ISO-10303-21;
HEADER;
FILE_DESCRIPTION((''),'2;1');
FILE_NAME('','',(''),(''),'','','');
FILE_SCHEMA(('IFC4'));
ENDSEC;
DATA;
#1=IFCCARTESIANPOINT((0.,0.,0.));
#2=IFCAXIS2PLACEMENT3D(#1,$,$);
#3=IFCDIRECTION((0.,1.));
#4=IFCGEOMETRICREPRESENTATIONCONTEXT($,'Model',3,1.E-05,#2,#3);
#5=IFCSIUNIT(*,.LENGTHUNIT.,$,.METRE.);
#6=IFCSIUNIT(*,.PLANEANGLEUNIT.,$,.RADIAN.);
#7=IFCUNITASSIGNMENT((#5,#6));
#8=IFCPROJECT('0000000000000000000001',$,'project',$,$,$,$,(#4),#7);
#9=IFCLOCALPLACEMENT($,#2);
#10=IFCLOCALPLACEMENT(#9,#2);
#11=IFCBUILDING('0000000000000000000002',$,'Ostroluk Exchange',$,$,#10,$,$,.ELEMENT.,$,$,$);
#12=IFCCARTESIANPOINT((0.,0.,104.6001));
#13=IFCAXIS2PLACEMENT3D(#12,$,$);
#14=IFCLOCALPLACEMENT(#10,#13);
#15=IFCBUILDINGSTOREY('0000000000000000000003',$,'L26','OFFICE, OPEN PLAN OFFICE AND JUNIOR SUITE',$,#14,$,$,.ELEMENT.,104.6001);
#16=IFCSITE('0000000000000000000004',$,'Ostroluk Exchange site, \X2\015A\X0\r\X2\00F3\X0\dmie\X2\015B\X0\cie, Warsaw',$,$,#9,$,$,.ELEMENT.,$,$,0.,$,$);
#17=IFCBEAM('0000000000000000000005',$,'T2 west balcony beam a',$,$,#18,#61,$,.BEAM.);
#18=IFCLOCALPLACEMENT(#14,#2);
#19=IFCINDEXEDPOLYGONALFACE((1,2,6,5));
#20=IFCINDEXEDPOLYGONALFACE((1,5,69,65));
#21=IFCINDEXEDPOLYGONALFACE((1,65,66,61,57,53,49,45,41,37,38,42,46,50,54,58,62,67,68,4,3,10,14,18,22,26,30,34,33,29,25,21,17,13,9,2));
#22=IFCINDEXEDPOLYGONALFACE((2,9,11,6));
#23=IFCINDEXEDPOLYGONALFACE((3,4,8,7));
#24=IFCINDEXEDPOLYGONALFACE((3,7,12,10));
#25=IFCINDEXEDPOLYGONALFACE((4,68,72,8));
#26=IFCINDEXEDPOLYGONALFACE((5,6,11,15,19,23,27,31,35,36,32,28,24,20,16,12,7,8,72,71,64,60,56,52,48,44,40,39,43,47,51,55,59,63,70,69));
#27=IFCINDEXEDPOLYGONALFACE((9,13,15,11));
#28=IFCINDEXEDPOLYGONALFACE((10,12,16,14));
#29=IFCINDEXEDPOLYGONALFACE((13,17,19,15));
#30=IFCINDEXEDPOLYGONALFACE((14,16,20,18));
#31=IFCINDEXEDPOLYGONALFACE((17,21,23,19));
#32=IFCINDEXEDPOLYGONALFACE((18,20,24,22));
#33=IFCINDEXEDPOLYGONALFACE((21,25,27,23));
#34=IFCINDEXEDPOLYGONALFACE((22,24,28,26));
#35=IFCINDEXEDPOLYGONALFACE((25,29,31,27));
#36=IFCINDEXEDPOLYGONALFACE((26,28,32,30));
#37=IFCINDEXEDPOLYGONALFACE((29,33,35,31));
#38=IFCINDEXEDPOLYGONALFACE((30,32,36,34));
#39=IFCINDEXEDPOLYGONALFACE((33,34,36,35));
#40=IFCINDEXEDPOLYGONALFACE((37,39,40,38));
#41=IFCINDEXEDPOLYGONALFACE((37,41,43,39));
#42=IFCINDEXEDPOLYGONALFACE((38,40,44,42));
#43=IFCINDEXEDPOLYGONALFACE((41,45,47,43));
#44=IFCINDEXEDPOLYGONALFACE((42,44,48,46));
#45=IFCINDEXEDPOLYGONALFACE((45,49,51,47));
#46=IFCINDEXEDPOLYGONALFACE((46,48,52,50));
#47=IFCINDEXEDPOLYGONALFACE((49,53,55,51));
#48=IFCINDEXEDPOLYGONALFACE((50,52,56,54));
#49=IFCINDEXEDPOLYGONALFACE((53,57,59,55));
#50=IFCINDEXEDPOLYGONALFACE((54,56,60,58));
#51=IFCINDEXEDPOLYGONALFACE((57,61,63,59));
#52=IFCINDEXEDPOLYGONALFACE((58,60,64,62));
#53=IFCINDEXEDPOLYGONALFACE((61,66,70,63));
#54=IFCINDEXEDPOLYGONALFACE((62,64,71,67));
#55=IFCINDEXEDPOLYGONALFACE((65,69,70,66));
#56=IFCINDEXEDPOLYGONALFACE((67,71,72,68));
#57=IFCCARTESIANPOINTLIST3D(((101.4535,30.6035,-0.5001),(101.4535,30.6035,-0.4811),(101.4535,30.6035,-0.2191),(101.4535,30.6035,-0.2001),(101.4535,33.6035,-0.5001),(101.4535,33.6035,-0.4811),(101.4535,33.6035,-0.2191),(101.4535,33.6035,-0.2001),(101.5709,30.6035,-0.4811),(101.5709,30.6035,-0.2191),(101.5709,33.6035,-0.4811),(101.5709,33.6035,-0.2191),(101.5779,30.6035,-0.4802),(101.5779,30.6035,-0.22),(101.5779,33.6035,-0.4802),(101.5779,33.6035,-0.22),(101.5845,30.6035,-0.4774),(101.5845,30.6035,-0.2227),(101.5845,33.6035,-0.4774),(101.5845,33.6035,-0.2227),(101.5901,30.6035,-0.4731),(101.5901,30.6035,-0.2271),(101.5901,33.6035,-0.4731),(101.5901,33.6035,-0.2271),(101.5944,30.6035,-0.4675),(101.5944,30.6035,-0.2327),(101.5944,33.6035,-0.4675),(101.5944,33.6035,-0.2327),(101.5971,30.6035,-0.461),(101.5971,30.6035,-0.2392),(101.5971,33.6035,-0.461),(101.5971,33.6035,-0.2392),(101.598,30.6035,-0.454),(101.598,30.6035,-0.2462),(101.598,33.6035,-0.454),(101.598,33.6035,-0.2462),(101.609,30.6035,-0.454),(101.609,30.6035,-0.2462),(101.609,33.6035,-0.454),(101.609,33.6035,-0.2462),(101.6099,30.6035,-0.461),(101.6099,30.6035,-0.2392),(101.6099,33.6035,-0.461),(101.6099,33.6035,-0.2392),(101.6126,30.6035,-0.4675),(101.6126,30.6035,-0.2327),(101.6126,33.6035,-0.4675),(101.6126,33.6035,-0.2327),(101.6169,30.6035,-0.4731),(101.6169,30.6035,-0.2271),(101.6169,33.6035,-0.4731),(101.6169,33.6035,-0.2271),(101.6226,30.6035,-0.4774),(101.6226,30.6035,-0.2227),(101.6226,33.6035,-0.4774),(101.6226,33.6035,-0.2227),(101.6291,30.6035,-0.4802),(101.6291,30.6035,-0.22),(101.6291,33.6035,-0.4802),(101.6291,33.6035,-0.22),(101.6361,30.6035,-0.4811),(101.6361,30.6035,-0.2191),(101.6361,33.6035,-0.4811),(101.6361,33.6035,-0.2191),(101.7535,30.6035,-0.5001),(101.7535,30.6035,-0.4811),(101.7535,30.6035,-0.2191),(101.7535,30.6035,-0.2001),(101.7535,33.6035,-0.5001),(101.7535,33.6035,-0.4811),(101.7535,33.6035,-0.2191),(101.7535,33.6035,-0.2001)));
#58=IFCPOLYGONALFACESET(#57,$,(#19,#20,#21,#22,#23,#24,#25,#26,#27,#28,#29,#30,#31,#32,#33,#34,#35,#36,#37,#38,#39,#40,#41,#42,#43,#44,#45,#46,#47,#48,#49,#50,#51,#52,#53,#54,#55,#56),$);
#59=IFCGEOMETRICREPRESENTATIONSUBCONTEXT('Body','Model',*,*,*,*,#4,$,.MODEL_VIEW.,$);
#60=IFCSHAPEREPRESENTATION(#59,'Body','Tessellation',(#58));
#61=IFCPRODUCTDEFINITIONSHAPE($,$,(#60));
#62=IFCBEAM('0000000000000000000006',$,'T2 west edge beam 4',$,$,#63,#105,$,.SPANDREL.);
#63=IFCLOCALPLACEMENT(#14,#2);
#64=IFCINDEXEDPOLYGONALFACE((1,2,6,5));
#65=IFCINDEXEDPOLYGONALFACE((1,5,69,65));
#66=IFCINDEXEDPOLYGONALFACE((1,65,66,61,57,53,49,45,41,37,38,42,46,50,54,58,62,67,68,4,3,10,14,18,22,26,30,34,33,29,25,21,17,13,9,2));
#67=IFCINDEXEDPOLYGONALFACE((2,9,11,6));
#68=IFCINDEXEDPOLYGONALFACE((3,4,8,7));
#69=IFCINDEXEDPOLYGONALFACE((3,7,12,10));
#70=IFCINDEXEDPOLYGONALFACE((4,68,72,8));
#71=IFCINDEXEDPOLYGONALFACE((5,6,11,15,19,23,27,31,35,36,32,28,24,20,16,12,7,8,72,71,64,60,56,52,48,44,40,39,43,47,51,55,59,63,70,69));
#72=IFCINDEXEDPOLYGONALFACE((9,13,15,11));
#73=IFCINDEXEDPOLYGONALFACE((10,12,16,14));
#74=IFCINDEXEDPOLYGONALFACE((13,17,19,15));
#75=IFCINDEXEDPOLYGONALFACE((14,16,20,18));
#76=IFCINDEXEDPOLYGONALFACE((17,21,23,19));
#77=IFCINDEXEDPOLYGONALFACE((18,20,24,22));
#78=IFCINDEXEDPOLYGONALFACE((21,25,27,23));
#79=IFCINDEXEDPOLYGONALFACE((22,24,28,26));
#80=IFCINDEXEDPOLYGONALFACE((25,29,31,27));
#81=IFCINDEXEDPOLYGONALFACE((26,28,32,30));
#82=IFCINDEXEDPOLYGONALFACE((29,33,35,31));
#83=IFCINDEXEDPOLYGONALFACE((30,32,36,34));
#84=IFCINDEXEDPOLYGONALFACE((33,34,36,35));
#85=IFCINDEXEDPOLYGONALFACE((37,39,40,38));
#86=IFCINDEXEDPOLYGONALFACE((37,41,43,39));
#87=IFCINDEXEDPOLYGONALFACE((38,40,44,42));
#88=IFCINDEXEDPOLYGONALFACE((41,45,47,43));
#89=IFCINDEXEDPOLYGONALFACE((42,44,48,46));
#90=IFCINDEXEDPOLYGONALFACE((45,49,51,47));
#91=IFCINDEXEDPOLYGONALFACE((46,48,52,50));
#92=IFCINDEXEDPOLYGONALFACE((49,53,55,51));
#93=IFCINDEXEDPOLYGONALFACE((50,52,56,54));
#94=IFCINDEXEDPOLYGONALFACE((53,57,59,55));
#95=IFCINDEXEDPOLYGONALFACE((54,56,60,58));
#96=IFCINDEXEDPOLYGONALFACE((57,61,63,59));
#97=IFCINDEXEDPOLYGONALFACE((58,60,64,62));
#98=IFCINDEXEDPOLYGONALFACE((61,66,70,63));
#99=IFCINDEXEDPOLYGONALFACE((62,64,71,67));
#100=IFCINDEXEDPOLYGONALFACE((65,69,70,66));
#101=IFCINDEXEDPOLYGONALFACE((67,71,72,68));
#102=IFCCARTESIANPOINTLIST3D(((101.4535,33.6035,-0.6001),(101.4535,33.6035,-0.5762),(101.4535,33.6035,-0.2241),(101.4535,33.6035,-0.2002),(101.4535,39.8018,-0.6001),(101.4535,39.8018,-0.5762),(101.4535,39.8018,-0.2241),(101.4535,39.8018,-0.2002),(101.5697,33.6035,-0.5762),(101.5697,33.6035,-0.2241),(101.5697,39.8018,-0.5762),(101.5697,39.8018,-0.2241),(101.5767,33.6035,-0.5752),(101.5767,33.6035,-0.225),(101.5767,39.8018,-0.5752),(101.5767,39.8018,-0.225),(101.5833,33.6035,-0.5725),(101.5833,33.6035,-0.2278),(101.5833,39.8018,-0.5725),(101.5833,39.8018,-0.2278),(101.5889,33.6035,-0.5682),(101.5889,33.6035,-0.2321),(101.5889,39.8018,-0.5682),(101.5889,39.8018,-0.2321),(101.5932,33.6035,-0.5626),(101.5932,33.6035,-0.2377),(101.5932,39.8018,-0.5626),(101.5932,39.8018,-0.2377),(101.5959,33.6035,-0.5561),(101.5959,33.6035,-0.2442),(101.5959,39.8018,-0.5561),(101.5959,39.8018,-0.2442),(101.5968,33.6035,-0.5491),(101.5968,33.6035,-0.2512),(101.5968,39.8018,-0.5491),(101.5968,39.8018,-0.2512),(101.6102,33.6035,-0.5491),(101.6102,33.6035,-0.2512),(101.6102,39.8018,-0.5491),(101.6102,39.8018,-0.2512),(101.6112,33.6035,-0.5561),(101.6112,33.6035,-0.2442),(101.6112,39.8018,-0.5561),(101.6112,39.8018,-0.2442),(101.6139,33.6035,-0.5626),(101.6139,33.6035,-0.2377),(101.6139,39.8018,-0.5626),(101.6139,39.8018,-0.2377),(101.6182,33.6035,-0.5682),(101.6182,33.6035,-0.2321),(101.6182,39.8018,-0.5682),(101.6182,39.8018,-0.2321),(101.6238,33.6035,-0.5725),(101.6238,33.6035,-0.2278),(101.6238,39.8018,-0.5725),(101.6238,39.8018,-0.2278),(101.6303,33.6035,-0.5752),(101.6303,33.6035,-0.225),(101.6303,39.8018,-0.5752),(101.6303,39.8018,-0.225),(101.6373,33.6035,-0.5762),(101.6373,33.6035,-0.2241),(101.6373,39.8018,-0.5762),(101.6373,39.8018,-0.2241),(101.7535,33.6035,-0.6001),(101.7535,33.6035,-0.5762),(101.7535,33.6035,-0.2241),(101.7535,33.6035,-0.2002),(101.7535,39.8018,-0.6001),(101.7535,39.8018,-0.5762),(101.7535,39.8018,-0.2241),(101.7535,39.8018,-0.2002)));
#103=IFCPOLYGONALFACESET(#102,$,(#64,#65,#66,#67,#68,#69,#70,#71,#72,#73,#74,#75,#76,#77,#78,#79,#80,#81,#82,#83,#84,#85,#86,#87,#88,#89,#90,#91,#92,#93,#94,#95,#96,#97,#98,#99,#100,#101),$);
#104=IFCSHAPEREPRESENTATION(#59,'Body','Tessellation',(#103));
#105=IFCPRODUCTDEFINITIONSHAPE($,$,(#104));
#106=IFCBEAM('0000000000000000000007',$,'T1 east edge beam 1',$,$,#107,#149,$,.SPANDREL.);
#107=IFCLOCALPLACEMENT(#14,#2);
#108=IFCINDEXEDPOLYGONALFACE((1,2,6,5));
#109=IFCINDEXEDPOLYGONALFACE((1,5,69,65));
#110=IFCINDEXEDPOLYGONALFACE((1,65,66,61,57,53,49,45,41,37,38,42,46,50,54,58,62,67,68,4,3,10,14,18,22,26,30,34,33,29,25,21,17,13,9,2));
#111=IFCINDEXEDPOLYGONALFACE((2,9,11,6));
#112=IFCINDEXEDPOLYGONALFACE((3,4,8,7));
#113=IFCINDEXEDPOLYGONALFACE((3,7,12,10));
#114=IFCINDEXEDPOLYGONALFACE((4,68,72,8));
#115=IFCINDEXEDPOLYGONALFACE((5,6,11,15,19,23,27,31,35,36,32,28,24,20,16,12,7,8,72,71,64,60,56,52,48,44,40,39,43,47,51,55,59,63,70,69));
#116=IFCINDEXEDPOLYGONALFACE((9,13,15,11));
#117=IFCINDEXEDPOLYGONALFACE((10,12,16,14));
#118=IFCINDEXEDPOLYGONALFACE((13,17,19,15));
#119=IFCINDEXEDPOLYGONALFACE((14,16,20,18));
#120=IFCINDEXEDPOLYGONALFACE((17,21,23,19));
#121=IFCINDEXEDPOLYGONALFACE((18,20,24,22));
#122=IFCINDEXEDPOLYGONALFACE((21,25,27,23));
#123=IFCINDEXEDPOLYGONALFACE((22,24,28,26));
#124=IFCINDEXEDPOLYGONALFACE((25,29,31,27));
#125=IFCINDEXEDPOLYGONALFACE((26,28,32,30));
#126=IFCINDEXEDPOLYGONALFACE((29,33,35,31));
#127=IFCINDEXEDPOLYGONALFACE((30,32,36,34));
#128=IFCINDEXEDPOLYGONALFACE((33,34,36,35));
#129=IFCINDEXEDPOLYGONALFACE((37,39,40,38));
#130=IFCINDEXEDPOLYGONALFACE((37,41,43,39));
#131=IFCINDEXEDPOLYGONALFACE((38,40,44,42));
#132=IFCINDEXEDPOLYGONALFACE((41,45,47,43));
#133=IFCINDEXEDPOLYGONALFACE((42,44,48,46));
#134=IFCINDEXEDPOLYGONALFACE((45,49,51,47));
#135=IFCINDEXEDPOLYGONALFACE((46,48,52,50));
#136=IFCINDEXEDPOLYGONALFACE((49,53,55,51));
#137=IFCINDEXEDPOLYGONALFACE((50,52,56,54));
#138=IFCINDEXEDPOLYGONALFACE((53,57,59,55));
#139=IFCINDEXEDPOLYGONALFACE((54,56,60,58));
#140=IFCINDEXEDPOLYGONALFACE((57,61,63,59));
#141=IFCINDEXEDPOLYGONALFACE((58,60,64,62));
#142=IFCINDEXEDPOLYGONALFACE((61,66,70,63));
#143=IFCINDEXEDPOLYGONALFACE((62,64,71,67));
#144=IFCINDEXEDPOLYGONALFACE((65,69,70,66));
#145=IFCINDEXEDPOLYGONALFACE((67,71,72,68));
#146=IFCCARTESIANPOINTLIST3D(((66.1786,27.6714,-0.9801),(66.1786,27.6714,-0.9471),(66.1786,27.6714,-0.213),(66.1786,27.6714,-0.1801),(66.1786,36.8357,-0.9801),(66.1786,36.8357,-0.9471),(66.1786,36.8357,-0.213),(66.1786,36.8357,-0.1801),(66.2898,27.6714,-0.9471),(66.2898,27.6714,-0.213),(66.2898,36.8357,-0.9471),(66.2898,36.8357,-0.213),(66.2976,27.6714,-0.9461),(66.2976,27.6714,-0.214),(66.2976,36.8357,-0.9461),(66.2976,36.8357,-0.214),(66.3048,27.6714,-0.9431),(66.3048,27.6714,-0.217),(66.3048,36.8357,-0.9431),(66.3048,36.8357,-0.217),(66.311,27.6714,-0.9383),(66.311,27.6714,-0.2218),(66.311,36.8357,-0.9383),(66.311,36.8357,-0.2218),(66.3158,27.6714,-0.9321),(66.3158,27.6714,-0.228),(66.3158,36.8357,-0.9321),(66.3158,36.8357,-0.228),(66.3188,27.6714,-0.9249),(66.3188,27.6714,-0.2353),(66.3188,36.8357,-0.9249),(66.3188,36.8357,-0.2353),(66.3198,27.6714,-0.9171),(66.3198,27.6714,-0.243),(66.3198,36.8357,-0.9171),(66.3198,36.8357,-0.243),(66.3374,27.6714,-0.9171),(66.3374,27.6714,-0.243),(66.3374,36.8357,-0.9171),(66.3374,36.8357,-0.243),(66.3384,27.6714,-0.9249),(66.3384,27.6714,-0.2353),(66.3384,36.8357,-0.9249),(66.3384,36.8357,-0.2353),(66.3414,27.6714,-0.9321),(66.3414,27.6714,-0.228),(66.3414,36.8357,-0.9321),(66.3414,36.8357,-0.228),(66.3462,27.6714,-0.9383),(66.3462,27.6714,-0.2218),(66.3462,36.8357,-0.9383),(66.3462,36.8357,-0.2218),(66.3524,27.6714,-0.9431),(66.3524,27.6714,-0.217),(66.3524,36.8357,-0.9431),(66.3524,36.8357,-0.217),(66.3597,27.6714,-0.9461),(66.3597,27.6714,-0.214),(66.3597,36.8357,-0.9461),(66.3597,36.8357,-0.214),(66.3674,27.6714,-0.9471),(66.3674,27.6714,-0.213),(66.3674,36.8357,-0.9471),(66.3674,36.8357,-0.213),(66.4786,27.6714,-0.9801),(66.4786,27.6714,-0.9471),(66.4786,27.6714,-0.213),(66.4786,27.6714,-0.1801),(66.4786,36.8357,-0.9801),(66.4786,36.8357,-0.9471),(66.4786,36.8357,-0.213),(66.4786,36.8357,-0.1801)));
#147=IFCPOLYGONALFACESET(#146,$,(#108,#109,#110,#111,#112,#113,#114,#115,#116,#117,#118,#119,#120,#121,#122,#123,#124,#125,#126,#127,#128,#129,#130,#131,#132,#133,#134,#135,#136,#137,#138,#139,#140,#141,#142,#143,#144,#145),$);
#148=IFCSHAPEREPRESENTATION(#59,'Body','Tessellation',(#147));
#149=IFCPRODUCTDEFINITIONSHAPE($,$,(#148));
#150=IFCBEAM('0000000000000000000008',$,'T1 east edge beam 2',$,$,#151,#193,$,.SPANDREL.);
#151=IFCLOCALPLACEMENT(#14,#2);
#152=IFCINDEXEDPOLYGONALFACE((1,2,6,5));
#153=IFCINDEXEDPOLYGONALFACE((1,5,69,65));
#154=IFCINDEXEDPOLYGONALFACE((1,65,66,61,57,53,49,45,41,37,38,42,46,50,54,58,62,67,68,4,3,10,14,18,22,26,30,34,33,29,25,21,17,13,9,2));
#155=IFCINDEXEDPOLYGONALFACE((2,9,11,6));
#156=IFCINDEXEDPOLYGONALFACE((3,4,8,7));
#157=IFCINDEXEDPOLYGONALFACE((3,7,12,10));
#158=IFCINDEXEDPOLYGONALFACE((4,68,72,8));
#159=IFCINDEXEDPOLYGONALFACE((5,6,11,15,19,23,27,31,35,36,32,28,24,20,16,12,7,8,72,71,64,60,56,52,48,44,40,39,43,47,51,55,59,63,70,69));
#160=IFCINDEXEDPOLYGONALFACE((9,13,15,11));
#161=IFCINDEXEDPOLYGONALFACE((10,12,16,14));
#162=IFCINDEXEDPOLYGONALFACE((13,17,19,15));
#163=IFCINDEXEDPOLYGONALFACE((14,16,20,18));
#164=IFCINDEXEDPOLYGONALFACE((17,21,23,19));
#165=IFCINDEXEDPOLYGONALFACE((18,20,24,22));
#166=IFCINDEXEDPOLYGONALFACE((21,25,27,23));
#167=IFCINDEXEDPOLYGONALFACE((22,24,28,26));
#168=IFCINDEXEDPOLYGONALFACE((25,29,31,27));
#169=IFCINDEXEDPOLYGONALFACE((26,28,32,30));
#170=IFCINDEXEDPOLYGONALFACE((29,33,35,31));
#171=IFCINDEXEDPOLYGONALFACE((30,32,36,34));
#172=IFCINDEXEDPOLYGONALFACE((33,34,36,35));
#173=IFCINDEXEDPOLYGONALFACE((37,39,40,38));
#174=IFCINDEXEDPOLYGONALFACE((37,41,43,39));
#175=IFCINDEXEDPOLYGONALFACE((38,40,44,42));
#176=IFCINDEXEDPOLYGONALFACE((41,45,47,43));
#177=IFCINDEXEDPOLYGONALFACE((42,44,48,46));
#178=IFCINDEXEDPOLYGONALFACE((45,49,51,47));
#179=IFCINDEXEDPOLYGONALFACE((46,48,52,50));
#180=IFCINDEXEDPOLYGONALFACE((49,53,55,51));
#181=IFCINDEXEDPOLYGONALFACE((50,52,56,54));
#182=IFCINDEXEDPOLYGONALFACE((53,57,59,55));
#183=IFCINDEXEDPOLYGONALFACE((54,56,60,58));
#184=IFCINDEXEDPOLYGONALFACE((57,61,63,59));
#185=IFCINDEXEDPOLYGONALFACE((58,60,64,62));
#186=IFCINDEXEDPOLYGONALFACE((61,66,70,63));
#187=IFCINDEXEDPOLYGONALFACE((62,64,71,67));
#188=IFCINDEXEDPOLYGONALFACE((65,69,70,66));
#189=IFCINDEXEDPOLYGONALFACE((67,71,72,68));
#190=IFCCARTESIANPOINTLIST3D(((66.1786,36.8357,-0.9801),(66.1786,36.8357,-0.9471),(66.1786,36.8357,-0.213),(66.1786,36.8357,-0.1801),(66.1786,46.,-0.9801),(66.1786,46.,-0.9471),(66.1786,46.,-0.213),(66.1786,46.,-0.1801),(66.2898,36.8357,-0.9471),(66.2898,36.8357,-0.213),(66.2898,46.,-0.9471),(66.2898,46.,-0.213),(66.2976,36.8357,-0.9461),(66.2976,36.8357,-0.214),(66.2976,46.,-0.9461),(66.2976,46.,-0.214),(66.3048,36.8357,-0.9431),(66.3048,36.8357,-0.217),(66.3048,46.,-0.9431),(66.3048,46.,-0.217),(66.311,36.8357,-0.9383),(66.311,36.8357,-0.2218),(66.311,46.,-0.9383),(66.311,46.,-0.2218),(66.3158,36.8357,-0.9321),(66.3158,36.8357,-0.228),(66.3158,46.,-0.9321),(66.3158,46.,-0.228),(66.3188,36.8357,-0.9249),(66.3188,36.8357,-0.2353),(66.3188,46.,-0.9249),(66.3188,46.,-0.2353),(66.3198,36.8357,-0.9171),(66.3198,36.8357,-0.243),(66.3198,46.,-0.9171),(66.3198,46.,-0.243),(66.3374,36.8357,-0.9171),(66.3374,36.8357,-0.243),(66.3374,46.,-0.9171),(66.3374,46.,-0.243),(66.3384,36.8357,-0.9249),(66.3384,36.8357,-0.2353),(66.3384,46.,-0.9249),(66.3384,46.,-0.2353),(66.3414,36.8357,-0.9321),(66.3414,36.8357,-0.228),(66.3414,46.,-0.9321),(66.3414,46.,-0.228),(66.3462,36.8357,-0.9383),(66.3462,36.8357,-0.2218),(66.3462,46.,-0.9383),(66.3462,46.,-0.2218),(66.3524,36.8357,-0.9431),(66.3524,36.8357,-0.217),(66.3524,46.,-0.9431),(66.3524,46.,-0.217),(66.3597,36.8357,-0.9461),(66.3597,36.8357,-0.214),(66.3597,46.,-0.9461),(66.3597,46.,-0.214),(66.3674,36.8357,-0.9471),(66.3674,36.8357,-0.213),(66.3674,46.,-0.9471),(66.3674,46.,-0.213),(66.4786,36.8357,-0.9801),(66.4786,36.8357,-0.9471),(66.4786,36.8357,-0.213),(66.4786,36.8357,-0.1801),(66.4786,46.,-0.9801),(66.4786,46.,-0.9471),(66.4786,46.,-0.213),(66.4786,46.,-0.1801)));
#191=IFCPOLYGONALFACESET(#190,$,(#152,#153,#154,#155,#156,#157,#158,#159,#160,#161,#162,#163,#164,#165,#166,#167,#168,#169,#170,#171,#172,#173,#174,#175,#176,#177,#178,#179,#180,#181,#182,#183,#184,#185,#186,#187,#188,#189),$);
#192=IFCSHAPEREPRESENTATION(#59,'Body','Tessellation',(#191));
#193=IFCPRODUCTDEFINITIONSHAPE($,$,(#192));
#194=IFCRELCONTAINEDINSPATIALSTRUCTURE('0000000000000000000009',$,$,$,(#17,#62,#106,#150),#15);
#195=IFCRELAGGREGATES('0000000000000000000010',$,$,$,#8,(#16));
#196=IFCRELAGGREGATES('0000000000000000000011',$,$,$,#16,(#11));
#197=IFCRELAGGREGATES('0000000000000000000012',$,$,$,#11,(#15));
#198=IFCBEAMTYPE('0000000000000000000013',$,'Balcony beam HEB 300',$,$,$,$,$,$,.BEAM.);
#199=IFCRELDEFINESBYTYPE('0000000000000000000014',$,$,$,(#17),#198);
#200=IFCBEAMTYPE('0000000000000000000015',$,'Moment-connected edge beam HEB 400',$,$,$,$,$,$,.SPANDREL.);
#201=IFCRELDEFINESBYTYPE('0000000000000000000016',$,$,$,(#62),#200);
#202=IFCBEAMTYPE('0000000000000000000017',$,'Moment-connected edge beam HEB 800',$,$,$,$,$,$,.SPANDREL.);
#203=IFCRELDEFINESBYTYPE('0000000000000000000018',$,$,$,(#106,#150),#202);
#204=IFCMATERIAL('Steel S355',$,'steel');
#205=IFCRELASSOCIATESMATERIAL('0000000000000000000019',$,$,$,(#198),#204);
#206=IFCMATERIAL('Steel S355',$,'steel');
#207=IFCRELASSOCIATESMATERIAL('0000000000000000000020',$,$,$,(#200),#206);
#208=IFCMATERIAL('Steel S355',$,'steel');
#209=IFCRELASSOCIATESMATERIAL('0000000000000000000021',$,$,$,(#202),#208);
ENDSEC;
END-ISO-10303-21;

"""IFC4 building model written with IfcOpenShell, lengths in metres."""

from ifc_helpers import new_model, si_unit, direction, frame, origin, origin_2d, place, context, subcontext, project, spatial, i_section, extrude, material, material_profile, profile_set, type_object, element, save


model = new_model("IFC4")

# Units and contexts
model_context = context("Model", 3, precision=1e-05, world=origin(), true_north=direction((0.0, 1.0)))
body_context = subcontext(model_context, "Body", "Model", "MODEL_VIEW")
ifc_project = project(units=[si_unit("LENGTHUNIT", "METRE"), si_unit("PLANEANGLEUNIT", "RADIAN")], contexts=[model_context])

# Site, building, storey
site_placement = place(None, origin())
site = spatial("IfcSite", under=ifc_project, at=site_placement, Name="Ostroluk Exchange site, Śródmieście, Warsaw", CompositionType="ELEMENT", RefElevation=0.0)
building_placement = place(site_placement, origin())
building = spatial("IfcBuilding", under=site, at=building_placement, Name="Ostroluk Exchange", CompositionType="ELEMENT")
storey_placement = place(building_placement, frame((0.0, 0.0, 104.6001)))
storey = spatial("IfcBuildingStorey", under=building, at=storey_placement, Name="L26", Description="OFFICE, OPEN PLAN OFFICE AND JUNIOR SUITE", CompositionType="ELEMENT", Elevation=104.6001)

# Beams
ifc_material_1 = material(Name="Steel S355", Category="steel")
ifc_material_profile_1 = material_profile(ifc_material_1, i_section(OverallWidth=0.3, OverallDepth=0.3, WebThickness=0.011, FlangeThickness=0.019, FilletRadius=0.0271, at=origin_2d()), Name="HEB 300")
ifc_profile_set_1 = profile_set([ifc_material_profile_1], Name="Steel S355")
beam_type_1 = type_object("IfcBeamType", Name="Balcony beam HEB 300", PredefinedType="BEAM", material=ifc_profile_set_1)
for number, where, z_axis, x_axis, name in (
    (1, (101.6035, 33.6035, -0.3501), (0.0, -1.0, 0.0), (1.0, 0.0, 0.0), "T2 west balcony beam a"),
):
    element("IfcBeam", number, at=place(storey_placement, frame(where, z_axis=z_axis, x_axis=x_axis)), inside=storey, type_object=beam_type_1, Name=name, PredefinedType="BEAM", context=body_context, shape_type="SweptSolid", body=[
        extrude(i_section(OverallWidth=0.3, OverallDepth=0.3, WebThickness=0.011, FlangeThickness=0.019, FilletRadius=0.0271, at=origin_2d()), origin(), (0.0, 0.0, 1.0), 3.0),
    ])
ifc_material_2 = material(Name="Steel S355", Category="steel")
ifc_material_profile_2 = material_profile(ifc_material_2, i_section(OverallWidth=0.3, OverallDepth=0.3999, WebThickness=0.0134, FlangeThickness=0.0239, FilletRadius=0.0271, at=origin_2d()), Name="HEB 400")
ifc_profile_set_2 = profile_set([ifc_material_profile_2], Name="Steel S355")
beam_type_2 = type_object("IfcBeamType", Name="Moment-connected edge beam HEB 400", PredefinedType="SPANDREL", material=ifc_profile_set_2)
beam_placement = place(storey_placement, frame((101.6035, 39.8018, -0.4001), z_axis=(0.0, -1.0, 0.0), x_axis=(1.0, 0.0, 0.0)))
element("IfcBeam", 2, at=beam_placement, inside=storey, type_object=beam_type_2, Name="T2 west edge beam 4", PredefinedType="SPANDREL", context=body_context, shape_type="SweptSolid", body=[
    extrude(i_section(OverallWidth=0.3, OverallDepth=0.3999, WebThickness=0.0134, FlangeThickness=0.0239, FilletRadius=0.0271, at=origin_2d()), origin(), (0.0, 0.0, 1.0), 6.1982),
])
ifc_material_3 = material(Name="Steel S355", Category="steel")
ifc_material_profile_3 = material_profile(ifc_material_3, i_section(OverallWidth=0.3, OverallDepth=0.8, WebThickness=0.0176, FlangeThickness=0.033, FilletRadius=0.03, at=origin_2d()), Name="HEB 800")
ifc_profile_set_3 = profile_set([ifc_material_profile_3], Name="Steel S355")
beam_type_3 = type_object("IfcBeamType", Name="Moment-connected edge beam HEB 800", PredefinedType="SPANDREL", material=ifc_profile_set_3)
for number, where, z_axis, x_axis, name in (
    (3, (66.3286, 27.6714, -0.5801), (0.0, 1.0, 0.0), (-1.0, 0.0, 0.0), "T1 east edge beam 1"),
    (4, (66.3286, 36.8357, -0.5801), (0.0, 1.0, 0.0), (-1.0, 0.0, 0.0), "T1 east edge beam 2"),
):
    element("IfcBeam", number, at=place(storey_placement, frame(where, z_axis=z_axis, x_axis=x_axis)), inside=storey, type_object=beam_type_3, Name=name, PredefinedType="SPANDREL", context=body_context, shape_type="SweptSolid", body=[
        extrude(i_section(OverallWidth=0.3, OverallDepth=0.8, WebThickness=0.0176, FlangeThickness=0.033, FilletRadius=0.03, at=origin_2d()), origin(), (0.0, 0.0, 1.0), 9.1643),
    ])

save(model, "model.ifc")
